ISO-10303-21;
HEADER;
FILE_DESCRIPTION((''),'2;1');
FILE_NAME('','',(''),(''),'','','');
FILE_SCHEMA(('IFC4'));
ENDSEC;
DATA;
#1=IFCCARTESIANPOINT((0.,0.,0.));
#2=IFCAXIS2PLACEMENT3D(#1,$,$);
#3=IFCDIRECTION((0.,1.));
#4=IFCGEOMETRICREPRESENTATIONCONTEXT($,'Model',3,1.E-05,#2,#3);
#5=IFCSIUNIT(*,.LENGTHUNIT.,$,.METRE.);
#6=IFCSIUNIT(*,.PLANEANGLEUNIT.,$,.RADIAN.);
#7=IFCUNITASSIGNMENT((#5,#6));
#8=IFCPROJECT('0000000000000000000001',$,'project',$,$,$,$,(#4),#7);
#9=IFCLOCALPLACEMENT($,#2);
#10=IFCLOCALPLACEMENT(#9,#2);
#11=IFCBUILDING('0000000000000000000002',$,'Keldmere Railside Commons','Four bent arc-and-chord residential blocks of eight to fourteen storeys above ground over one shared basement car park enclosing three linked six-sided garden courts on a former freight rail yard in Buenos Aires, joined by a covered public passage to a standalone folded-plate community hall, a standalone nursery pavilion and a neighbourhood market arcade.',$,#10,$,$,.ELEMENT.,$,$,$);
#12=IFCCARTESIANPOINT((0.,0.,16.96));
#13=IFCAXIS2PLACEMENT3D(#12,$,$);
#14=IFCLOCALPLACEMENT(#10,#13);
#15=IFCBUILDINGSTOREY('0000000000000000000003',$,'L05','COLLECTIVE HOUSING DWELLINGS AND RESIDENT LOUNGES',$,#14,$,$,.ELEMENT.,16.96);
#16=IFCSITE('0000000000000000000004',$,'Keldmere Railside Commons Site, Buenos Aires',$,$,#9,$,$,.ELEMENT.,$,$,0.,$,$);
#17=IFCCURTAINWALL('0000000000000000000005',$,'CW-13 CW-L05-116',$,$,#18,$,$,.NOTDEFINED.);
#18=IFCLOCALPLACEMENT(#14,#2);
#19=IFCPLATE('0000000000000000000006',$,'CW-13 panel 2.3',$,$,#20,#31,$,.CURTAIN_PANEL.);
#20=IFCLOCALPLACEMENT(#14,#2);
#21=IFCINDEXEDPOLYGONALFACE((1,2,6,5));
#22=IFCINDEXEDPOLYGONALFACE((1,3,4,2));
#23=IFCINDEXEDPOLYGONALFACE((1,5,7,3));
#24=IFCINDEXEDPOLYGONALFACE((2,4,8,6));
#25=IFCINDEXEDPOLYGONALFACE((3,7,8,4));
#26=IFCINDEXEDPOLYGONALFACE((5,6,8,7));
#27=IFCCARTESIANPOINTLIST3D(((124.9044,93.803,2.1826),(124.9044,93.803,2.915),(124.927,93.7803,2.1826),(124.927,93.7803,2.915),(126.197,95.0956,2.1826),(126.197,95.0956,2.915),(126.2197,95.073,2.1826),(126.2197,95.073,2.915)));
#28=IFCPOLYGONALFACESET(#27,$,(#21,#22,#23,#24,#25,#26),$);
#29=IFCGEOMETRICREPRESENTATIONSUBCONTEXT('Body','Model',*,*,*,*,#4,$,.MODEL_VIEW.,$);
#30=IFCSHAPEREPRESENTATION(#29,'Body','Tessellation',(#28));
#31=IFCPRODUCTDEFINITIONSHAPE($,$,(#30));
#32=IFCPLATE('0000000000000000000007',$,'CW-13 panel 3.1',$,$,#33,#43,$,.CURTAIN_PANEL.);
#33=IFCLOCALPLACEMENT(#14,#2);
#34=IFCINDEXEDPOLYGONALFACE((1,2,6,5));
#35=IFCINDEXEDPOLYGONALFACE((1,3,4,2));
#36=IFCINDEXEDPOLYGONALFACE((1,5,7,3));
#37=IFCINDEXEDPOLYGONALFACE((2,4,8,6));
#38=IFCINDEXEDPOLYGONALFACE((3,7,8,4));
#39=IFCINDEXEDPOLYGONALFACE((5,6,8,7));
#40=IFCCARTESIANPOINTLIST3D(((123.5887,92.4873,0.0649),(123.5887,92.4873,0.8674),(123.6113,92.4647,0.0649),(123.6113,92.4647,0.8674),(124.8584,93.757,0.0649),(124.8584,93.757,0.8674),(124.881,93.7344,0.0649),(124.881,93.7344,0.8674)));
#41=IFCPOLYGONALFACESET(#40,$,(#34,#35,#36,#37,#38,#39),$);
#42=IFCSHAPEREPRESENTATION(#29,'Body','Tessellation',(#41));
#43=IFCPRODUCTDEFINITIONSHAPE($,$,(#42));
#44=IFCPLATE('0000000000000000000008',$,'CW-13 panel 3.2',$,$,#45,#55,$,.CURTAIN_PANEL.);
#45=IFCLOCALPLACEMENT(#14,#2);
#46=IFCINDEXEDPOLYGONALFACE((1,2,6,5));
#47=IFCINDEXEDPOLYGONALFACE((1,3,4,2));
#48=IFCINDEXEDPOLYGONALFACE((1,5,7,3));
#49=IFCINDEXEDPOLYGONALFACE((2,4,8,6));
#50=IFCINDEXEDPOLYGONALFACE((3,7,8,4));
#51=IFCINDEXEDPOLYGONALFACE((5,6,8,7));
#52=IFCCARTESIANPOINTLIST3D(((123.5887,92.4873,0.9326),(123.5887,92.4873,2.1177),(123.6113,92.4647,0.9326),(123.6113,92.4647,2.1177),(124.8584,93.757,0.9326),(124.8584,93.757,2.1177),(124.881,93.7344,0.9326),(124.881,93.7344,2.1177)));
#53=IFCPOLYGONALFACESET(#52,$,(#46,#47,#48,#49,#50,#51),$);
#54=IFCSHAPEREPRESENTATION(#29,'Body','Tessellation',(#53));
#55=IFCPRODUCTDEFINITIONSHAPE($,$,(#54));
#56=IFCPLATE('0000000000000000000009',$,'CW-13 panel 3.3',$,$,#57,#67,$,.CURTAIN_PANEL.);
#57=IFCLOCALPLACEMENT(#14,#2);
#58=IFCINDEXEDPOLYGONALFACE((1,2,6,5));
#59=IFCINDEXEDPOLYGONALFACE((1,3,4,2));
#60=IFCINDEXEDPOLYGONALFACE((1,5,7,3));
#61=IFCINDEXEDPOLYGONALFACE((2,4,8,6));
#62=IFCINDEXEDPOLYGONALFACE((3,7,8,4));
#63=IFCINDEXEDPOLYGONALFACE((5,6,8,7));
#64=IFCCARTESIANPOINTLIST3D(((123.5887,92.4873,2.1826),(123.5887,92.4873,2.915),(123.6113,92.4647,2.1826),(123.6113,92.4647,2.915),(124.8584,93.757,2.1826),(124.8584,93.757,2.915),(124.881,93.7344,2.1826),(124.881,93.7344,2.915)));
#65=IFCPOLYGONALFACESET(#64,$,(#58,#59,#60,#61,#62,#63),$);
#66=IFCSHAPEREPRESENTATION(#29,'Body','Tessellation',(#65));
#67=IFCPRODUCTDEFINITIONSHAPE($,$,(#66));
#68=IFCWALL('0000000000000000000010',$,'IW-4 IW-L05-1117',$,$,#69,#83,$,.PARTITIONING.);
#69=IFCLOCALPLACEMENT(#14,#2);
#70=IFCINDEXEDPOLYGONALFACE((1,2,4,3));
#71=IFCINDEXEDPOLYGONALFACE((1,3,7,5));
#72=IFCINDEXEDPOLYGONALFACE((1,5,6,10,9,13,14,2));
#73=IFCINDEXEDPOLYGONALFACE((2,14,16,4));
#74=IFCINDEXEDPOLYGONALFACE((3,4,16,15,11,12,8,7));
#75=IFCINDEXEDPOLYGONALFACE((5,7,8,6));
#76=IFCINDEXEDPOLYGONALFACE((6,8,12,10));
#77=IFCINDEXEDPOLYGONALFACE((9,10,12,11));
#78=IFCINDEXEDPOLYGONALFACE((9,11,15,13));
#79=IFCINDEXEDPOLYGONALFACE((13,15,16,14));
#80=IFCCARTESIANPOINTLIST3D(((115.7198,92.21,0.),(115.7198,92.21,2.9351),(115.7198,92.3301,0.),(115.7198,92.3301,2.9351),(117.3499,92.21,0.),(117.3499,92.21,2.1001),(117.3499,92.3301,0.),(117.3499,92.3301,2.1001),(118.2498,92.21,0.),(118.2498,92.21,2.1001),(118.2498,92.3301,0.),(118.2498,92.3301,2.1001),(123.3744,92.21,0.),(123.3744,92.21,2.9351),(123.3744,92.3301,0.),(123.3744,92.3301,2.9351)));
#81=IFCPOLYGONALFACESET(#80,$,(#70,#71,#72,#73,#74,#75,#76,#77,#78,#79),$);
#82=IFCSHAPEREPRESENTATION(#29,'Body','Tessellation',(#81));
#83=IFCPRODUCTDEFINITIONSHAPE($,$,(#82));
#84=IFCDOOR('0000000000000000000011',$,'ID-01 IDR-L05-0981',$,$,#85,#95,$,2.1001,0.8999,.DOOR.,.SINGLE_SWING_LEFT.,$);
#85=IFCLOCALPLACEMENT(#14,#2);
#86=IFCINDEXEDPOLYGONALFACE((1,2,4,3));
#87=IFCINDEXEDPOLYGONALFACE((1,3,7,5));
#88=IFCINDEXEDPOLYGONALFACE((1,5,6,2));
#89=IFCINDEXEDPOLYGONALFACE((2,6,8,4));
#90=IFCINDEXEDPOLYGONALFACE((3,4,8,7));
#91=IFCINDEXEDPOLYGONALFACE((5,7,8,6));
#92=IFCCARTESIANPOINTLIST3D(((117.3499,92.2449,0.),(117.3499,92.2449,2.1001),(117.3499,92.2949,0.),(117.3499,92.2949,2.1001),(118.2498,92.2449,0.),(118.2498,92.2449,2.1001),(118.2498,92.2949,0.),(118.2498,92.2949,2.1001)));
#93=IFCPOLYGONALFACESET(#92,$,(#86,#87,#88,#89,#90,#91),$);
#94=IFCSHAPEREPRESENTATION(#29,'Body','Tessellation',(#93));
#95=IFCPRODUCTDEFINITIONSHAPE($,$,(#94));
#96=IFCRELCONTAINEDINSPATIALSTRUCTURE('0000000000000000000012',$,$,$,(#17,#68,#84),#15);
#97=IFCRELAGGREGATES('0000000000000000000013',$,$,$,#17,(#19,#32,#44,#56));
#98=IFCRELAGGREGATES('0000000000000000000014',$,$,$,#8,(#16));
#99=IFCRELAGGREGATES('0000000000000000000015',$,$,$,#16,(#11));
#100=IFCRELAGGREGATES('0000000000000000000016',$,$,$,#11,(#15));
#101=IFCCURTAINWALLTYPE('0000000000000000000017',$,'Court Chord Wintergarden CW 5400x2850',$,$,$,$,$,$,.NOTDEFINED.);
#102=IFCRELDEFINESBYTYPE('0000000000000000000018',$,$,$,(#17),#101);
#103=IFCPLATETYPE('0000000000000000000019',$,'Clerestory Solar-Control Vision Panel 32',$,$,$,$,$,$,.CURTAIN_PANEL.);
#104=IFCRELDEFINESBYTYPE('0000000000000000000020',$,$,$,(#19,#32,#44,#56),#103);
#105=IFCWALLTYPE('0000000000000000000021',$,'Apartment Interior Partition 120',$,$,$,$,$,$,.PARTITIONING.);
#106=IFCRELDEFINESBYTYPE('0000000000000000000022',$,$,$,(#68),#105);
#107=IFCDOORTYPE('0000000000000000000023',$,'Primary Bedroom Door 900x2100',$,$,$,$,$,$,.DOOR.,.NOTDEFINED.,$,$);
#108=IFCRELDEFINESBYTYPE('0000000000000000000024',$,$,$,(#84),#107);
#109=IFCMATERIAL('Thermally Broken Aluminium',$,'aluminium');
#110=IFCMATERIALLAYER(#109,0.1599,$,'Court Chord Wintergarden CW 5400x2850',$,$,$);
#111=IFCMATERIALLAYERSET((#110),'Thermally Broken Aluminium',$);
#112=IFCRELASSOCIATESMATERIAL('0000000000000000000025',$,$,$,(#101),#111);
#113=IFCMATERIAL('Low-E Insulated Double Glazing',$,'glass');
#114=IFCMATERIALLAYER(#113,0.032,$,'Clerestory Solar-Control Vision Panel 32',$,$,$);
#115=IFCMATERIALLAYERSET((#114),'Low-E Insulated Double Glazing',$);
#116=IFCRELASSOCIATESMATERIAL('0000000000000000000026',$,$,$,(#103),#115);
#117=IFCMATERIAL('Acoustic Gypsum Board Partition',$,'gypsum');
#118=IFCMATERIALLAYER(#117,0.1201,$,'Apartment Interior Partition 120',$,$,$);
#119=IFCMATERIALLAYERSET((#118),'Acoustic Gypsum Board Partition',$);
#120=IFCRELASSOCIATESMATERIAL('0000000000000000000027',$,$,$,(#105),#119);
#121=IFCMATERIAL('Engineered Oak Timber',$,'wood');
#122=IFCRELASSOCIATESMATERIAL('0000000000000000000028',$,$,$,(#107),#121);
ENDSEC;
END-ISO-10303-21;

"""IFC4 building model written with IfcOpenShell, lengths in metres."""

from ifc_helpers import new_model, si_unit, direction, frame, frame_2d, origin, origin_2d, place, context, subcontext, project, spatial, rectangle, extrude, material, layer, layer_set, type_object, element, fill, aggregate, save


model = new_model("IFC4")

# Units and contexts
model_context = context("Model", 3, precision=1e-05, world=origin(), true_north=direction((0.0, 1.0)))
body_context = subcontext(model_context, "Body", "Model", "MODEL_VIEW")
ifc_project = project(units=[si_unit("LENGTHUNIT", "METRE"), si_unit("PLANEANGLEUNIT", "RADIAN")], contexts=[model_context])

# Site, building, storey
site_placement = place(None, origin())
site = spatial("IfcSite", under=ifc_project, at=site_placement, Name="Keldmere Railside Commons Site, Buenos Aires", CompositionType="ELEMENT", RefElevation=0.0)
building_placement = place(site_placement, origin())
building = spatial("IfcBuilding", under=site, at=building_placement, Name="Keldmere Railside Commons", Description="Four bent arc-and-chord residential blocks of eight to fourteen storeys above ground over one shared basement car park enclosing three linked six-sided garden courts on a former freight rail yard in Buenos Aires, joined by a covered public passage to a standalone folded-plate community hall, a standalone nursery pavilion and a neighbourhood market arcade.", CompositionType="ELEMENT")
storey_placement = place(building_placement, frame((0.0, 0.0, 16.96)))
storey = spatial("IfcBuildingStorey", under=building, at=storey_placement, Name="L05", Description="COLLECTIVE HOUSING DWELLINGS AND RESIDENT LOUNGES", CompositionType="ELEMENT", Elevation=16.96)

# Curtain wall
ifc_material_1 = material(Name="Thermally Broken Aluminium", Category="aluminium")
ifc_layer_1 = layer(ifc_material_1, 0.1599, Name="Court Chord Wintergarden CW 5400x2850")
ifc_layer_set_1 = layer_set([ifc_layer_1], Name="Thermally Broken Aluminium")
curtain_wall_type_1 = type_object("IfcCurtainWallType", Name="Court Chord Wintergarden CW 5400x2850", PredefinedType="NOTDEFINED", material=ifc_layer_set_1)
curtain_wall_1_placement = place(storey_placement, origin())
curtain_wall_1 = element("IfcCurtainWall", 1, at=curtain_wall_1_placement, inside=storey, type_object=curtain_wall_type_1, Name="CW-13 CW-L05-116", PredefinedType="NOTDEFINED")

# Plates
ifc_material_2 = material(Name="Low-E Insulated Double Glazing", Category="glass")
ifc_layer_2 = layer(ifc_material_2, 0.032, Name="Clerestory Solar-Control Vision Panel 32")
ifc_layer_set_2 = layer_set([ifc_layer_2], Name="Low-E Insulated Double Glazing")
plate_type_1 = type_object("IfcPlateType", Name="Clerestory Solar-Control Vision Panel 32", PredefinedType="CURTAIN_PANEL", material=ifc_layer_set_2)
plate_1_placement = place(storey_placement, frame((125.562, 94.438, 2.1826), z_axis=(0.0, 0.0, 1.0), x_axis=(-0.707107, -0.707107, 0.0)))
plate_1 = element("IfcPlate", 2, at=plate_1_placement, type_object=plate_type_1, Name="CW-13 panel 2.3", PredefinedType="CURTAIN_PANEL", context=body_context, shape_type="SweptSolid", body=[
    extrude(rectangle(XDim=1.8281, YDim=0.032, at=origin_2d()), origin(), (0.0, 0.0, 1.0), 0.7324),
])
plate_2_placement = place(storey_placement, frame((124.2349, 93.1108, 0.0649), z_axis=(0.0, 0.0, 1.0), x_axis=(-0.707107, -0.707107, 0.0)))
plate_2 = element("IfcPlate", 3, at=plate_2_placement, type_object=plate_type_1, Name="CW-13 panel 3.1", PredefinedType="CURTAIN_PANEL", context=body_context, shape_type="SweptSolid", body=[
    extrude(rectangle(XDim=1.7957, YDim=0.032, at=origin_2d()), origin(), (0.0, 0.0, 1.0), 0.8025),
])
plate_3_placement = place(storey_placement, frame((124.2349, 93.1108, 0.9326), z_axis=(0.0, 0.0, 1.0), x_axis=(-0.707107, -0.707107, 0.0)))
plate_3 = element("IfcPlate", 4, at=plate_3_placement, type_object=plate_type_1, Name="CW-13 panel 3.2", PredefinedType="CURTAIN_PANEL", context=body_context, shape_type="SweptSolid", body=[
    extrude(rectangle(XDim=1.7957, YDim=0.032, at=origin_2d()), origin(), (0.0, 0.0, 1.0), 1.1851),
])
plate_4_placement = place(storey_placement, frame((124.2349, 93.1108, 2.1826), z_axis=(0.0, 0.0, 1.0), x_axis=(-0.707107, -0.707107, 0.0)))
plate_4 = element("IfcPlate", 5, at=plate_4_placement, type_object=plate_type_1, Name="CW-13 panel 3.3", PredefinedType="CURTAIN_PANEL", context=body_context, shape_type="SweptSolid", body=[
    extrude(rectangle(XDim=1.7957, YDim=0.032, at=origin_2d()), origin(), (0.0, 0.0, 1.0), 0.7324),
])
aggregate(curtain_wall_1, [plate_1, plate_2, plate_3, plate_4])

# Wall, opening, door
ifc_material_3 = material(Name="Acoustic Gypsum Board Partition", Category="gypsum")
ifc_layer_3 = layer(ifc_material_3, 0.1201, Name="Apartment Interior Partition 120")
ifc_layer_set_3 = layer_set([ifc_layer_3], Name="Acoustic Gypsum Board Partition")
wall_type = type_object("IfcWallType", Name="Apartment Interior Partition 120", PredefinedType="PARTITIONING", material=ifc_layer_set_3)
wall_placement = place(storey_placement, frame((115.72, 92.27, 0.0), z_axis=(0.0, 0.0, 1.0), x_axis=(1.0, 0.0, 0.0)))
wall = element("IfcWall", 6, at=wall_placement, inside=storey, type_object=wall_type, Name="IW-4 IW-L05-1117", PredefinedType="PARTITIONING", context=body_context, shape_type="SweptSolid", body=[
    extrude(rectangle(XDim=7.6545, YDim=0.1201, at=frame_2d((3.8271, 0.0))), origin(), (0.0, 0.0, 1.0), 2.9351),
])
opening_placement = place(wall_placement, frame((1.6299, 0.0, 0.0)))
opening = element("IfcOpeningElement", 7, at=opening_placement, cuts=wall, PredefinedType="OPENING", context=body_context, shape_type="SweptSolid", body=[
    extrude(rectangle(XDim=0.8999, YDim=2.1001, at=frame_2d((0.45, 1.05))), frame((0.0, 0.0701, 0.0), z_axis=(0.0, -1.0, 0.0), x_axis=(1.0, 0.0, 0.0)), (0.0, 0.0, 1.0), 0.1401),
])
ifc_material_4 = material(Name="Engineered Oak Timber", Category="wood")
door_type = type_object("IfcDoorType", Name="Primary Bedroom Door 900x2100", OperationType="NOTDEFINED", PredefinedType="DOOR", material=ifc_material_4)
door_placement = place(opening_placement, origin())
door = element("IfcDoor", 8, at=door_placement, inside=storey, type_object=door_type, Name="ID-01 IDR-L05-0981", OperationType="SINGLE_SWING_LEFT", OverallHeight=2.1001, OverallWidth=0.8999, PredefinedType="DOOR", context=body_context, shape_type="SweptSolid", body=[
    extrude(rectangle(XDim=0.8999, YDim=2.1001, at=frame_2d((0.45, 1.05))), frame((0.0, 0.0249, 0.0), z_axis=(0.0, -1.0, 0.0), x_axis=(1.0, 0.0, 0.0)), (0.0, 0.0, 1.0), 0.05),
])
fill(opening, door)

save(model, "model.ifc")
